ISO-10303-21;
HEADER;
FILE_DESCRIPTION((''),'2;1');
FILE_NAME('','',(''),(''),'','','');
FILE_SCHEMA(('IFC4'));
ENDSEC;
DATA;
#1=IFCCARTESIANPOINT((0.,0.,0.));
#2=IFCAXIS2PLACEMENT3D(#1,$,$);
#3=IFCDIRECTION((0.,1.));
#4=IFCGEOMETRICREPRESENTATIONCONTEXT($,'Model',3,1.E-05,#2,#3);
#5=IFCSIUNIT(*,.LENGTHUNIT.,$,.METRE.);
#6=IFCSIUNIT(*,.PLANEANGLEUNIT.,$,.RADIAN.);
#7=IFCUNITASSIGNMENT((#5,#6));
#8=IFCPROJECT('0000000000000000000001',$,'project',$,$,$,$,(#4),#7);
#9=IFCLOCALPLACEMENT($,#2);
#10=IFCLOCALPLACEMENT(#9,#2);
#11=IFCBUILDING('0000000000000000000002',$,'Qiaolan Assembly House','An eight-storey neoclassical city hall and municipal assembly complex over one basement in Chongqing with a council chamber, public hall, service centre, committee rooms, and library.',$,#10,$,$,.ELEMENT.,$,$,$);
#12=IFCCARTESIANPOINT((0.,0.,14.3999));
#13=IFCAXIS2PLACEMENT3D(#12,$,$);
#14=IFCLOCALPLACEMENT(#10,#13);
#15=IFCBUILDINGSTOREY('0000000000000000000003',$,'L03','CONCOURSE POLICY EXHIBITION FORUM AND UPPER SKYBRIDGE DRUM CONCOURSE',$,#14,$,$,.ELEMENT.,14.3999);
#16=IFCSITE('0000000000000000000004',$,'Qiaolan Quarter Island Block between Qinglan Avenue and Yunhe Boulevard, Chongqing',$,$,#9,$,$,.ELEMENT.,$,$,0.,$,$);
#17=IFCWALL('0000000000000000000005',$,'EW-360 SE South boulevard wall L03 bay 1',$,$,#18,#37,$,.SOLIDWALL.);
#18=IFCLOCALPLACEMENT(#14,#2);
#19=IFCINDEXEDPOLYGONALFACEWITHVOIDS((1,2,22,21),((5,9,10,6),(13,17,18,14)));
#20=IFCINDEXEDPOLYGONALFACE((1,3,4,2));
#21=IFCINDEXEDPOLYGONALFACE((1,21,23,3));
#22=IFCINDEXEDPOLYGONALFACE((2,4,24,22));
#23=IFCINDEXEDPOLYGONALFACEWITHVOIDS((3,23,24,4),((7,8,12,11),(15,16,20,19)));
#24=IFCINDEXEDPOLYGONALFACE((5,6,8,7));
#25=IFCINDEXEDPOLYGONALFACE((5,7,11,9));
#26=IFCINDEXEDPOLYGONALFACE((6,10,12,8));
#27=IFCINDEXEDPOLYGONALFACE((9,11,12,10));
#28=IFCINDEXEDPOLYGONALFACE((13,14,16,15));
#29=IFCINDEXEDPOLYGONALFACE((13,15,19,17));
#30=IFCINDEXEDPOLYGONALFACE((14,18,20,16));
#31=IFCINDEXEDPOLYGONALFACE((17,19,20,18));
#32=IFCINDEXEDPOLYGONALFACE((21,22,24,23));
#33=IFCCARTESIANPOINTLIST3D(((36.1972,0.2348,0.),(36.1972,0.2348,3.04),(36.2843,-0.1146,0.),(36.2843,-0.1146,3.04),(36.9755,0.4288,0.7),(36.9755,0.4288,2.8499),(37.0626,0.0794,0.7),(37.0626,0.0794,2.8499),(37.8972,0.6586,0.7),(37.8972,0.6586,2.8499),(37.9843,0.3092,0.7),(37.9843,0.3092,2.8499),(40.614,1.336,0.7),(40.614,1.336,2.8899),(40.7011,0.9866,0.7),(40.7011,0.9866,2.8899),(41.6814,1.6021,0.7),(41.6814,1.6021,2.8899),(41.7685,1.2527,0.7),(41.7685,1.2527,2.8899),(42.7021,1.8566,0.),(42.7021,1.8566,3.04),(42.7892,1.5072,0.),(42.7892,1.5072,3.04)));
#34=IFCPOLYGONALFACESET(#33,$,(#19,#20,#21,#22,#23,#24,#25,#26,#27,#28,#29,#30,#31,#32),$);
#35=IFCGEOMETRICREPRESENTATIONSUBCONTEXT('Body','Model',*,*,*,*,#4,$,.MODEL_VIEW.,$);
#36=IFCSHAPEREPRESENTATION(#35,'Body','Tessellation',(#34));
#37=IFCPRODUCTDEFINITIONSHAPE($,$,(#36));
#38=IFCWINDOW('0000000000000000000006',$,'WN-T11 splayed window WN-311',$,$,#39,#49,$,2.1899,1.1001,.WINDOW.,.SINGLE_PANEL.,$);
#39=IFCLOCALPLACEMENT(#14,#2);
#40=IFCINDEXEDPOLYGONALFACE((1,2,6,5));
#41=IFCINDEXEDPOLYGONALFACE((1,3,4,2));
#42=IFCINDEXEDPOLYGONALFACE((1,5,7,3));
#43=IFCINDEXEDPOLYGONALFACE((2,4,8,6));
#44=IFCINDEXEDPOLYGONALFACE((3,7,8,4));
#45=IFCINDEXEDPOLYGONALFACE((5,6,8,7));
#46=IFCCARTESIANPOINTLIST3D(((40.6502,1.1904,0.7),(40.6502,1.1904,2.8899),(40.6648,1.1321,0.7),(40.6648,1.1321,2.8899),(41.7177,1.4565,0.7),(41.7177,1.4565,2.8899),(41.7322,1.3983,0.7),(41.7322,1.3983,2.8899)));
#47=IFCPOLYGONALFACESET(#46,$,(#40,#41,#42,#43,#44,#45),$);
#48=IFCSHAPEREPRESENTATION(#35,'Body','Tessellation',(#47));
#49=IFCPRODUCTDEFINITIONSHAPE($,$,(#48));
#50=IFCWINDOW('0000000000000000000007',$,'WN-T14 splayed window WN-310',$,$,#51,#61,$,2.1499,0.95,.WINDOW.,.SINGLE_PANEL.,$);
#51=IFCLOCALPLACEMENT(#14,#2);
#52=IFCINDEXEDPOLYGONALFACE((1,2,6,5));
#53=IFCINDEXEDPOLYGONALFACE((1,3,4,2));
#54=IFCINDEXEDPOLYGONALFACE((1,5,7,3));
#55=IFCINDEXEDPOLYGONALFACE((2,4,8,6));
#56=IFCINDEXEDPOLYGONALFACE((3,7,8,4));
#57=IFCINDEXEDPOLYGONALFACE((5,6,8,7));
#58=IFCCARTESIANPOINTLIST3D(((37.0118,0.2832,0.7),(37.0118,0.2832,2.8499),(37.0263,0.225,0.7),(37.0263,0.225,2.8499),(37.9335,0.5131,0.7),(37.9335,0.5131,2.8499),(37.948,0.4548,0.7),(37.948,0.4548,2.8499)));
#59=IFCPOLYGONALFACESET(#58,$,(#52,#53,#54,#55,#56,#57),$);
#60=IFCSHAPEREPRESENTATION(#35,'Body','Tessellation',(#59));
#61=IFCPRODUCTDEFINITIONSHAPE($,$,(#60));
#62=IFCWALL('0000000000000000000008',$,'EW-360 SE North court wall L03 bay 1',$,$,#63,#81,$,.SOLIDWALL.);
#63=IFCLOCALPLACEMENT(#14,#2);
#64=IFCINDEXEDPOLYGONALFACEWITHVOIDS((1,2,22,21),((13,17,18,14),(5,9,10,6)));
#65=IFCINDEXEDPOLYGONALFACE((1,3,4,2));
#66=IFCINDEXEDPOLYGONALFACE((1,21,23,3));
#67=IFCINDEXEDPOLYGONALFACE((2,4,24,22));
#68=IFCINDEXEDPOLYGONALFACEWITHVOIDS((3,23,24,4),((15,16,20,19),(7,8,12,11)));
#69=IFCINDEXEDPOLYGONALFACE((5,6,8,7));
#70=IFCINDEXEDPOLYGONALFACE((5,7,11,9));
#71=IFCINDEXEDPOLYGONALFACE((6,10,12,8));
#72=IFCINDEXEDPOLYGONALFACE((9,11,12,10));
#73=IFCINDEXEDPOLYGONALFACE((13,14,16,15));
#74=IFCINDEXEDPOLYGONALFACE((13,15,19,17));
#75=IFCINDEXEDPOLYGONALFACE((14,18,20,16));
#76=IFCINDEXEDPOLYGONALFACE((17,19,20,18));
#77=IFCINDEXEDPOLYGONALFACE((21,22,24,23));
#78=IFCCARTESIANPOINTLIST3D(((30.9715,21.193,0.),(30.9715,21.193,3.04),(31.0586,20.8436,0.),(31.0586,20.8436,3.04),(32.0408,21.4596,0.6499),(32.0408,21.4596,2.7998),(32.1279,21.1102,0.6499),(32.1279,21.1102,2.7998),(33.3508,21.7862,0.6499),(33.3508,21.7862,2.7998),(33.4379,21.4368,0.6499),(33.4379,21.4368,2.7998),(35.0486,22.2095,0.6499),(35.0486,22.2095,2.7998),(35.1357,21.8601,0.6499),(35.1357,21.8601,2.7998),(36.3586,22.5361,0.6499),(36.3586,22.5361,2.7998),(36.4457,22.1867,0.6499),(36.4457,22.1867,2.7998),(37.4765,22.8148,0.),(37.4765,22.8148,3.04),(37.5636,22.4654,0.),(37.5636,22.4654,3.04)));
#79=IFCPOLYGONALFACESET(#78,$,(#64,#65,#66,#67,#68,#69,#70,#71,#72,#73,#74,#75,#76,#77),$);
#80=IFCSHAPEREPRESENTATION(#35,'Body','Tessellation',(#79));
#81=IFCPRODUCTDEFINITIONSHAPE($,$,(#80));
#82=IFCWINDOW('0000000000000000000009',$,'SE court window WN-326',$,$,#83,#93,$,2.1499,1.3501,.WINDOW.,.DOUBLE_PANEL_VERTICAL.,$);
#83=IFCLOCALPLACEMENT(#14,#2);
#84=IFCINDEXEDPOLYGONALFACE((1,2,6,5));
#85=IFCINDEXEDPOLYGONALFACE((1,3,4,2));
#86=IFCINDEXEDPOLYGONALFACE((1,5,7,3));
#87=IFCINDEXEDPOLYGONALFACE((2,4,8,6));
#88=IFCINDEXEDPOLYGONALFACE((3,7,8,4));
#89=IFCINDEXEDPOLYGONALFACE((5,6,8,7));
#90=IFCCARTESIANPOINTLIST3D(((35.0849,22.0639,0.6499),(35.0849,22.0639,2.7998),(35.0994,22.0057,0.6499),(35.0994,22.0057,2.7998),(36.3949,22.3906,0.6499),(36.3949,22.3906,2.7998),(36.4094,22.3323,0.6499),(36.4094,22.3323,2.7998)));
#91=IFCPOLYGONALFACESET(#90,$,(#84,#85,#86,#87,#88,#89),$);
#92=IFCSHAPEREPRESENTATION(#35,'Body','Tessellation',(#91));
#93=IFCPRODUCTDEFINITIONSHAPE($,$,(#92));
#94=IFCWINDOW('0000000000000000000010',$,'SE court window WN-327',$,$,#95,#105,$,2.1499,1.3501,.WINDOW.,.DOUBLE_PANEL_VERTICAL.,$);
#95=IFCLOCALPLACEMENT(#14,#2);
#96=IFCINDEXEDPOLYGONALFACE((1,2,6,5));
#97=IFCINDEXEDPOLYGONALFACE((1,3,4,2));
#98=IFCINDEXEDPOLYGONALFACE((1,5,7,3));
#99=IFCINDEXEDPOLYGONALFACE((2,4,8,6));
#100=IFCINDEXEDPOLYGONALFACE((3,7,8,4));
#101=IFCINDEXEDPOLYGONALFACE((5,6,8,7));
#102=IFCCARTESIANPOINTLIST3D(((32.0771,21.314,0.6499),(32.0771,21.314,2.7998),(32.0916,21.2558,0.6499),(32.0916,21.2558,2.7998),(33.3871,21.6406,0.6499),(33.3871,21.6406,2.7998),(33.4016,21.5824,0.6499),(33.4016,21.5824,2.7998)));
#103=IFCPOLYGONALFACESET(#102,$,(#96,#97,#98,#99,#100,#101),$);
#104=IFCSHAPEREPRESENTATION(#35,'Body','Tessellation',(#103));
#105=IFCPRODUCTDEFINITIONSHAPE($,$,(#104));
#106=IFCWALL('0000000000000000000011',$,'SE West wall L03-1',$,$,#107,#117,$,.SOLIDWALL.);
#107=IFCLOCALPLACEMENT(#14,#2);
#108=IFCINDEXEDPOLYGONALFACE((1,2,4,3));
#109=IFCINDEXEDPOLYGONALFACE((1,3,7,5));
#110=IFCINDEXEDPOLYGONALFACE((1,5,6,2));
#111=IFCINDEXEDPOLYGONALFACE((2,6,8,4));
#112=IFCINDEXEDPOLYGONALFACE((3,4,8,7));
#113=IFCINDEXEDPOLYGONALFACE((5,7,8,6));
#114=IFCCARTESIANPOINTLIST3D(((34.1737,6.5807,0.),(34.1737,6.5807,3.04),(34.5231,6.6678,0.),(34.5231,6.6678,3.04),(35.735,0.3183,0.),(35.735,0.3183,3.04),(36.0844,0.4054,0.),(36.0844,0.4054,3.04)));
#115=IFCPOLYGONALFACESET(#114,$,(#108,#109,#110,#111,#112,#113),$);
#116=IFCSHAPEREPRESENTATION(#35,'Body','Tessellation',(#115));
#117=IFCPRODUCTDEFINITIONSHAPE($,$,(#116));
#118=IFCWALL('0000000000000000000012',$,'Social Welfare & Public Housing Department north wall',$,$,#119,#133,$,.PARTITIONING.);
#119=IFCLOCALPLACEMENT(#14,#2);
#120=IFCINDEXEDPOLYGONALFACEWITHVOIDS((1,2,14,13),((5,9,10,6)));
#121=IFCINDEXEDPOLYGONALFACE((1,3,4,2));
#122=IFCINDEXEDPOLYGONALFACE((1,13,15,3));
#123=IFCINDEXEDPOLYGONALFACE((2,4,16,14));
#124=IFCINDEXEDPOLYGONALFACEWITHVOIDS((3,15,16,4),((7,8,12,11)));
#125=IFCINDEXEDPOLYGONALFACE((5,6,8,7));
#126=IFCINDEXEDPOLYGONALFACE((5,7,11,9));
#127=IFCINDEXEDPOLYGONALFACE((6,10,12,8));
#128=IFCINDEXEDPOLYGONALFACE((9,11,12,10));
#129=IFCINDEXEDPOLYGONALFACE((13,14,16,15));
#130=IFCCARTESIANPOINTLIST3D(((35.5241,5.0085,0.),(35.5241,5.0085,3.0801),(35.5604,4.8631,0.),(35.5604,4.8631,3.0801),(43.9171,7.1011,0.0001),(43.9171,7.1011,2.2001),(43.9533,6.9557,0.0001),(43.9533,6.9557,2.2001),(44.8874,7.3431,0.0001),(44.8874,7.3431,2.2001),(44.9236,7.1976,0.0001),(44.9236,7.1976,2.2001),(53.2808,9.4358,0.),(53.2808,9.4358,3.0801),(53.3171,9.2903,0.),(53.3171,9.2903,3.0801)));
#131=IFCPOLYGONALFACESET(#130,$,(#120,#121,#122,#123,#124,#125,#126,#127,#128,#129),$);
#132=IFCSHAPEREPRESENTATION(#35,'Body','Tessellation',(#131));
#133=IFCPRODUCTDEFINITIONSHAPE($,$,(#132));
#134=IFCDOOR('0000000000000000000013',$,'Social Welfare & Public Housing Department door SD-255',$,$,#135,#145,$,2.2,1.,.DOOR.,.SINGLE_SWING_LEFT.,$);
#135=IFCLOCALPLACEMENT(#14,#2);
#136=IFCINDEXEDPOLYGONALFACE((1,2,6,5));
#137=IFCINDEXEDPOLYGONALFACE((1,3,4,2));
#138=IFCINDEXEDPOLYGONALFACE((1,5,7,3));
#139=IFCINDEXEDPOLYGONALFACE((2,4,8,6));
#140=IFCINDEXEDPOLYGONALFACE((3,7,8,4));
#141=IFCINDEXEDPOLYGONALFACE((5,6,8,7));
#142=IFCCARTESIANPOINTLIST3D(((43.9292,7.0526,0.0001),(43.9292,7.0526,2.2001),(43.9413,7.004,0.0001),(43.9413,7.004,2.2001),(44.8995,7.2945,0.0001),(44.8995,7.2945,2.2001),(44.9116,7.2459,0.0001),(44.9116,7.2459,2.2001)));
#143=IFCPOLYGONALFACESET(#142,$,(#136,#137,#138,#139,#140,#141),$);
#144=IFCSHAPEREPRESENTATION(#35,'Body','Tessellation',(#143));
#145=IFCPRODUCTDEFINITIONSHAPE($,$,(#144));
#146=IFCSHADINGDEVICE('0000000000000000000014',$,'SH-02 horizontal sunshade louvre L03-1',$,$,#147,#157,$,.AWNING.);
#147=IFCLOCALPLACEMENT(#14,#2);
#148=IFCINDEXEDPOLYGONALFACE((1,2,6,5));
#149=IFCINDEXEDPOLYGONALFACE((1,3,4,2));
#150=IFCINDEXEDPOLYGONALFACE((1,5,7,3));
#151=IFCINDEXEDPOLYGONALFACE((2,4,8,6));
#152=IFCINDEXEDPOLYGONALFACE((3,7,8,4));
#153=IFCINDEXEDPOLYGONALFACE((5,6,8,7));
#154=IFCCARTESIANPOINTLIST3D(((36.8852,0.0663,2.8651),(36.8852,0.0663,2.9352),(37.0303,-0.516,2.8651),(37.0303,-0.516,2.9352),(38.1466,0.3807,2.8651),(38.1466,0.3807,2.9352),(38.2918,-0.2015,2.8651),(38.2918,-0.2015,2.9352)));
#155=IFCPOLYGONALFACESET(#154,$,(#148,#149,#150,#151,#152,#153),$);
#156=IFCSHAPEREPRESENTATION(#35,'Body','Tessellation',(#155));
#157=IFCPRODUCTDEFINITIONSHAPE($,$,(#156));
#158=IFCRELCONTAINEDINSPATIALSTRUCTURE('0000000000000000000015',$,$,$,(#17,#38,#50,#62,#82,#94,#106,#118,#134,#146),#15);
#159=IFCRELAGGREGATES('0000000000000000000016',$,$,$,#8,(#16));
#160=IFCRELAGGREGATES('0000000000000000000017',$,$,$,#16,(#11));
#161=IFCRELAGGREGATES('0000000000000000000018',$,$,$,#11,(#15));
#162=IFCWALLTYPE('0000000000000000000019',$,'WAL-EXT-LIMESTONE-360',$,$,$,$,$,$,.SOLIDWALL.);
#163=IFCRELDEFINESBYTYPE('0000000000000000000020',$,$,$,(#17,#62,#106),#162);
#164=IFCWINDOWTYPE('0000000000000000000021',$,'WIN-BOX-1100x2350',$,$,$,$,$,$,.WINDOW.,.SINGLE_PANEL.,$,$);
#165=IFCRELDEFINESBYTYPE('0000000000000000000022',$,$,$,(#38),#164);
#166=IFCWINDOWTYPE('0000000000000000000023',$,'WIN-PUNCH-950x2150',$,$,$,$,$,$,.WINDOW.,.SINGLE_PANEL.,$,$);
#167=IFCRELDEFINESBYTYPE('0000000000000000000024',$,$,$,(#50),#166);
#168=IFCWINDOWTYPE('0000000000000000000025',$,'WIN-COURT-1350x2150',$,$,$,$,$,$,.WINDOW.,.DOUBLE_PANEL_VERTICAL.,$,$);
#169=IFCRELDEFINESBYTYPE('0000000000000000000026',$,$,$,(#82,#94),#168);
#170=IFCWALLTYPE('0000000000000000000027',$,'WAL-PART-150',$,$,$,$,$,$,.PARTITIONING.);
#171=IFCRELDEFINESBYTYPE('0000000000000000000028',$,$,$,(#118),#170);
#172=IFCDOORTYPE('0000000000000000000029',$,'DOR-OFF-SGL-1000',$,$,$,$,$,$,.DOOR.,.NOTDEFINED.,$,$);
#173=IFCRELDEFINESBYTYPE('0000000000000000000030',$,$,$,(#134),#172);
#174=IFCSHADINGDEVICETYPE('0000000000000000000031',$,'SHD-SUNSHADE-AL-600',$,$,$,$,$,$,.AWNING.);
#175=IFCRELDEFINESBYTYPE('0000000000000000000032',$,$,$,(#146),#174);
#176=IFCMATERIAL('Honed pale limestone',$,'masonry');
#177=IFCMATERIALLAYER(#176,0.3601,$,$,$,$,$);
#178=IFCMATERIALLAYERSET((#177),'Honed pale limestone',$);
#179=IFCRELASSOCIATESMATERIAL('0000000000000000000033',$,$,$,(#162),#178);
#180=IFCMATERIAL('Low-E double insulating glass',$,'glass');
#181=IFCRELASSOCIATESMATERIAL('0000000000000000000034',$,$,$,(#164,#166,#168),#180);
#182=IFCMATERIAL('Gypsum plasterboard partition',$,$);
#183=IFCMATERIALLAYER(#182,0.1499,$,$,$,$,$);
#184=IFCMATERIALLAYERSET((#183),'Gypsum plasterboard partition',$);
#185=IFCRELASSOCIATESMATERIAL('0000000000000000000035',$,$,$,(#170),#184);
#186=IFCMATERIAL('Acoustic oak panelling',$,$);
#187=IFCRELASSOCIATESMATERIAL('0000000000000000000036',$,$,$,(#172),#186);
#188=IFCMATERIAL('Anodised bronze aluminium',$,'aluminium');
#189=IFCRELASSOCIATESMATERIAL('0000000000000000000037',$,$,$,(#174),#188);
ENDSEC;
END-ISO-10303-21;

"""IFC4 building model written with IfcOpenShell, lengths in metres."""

from ifc_helpers import new_model, si_unit, direction, frame, frame_2d, origin, origin_2d, place, context, subcontext, project, spatial, rectangle, extrude, material, layer, layer_set, material_profile, profile_set, type_object, element, fill, save


model = new_model("IFC4")

# Units and contexts
model_context = context("Model", 3, precision=1e-05, world=origin(), true_north=direction((0.0, 1.0)))
body_context = subcontext(model_context, "Body", "Model", "MODEL_VIEW")
ifc_project = project(units=[si_unit("LENGTHUNIT", "METRE"), si_unit("PLANEANGLEUNIT", "RADIAN")], contexts=[model_context])

# Site, building, storey
site_placement = place(None, origin())
site = spatial("IfcSite", under=ifc_project, at=site_placement, Name="Qiaolan Quarter Island Block between Qinglan Avenue and Yunhe Boulevard, Chongqing", CompositionType="ELEMENT", RefElevation=0.0)
building_placement = place(site_placement, origin())
building = spatial("IfcBuilding", under=site, at=building_placement, Name="Qiaolan Assembly House", Description="An eight-storey neoclassical city hall and municipal assembly complex over one basement in Chongqing with a council chamber, public hall, service centre, committee rooms, and library.", CompositionType="ELEMENT")
storey_placement = place(building_placement, frame((0.0, 0.0, 14.3999)))
storey = spatial("IfcBuildingStorey", under=building, at=storey_placement, Name="L03", Description="CONCOURSE POLICY EXHIBITION FORUM AND UPPER SKYBRIDGE DRUM CONCOURSE", CompositionType="ELEMENT", Elevation=14.3999)

# Walls, openings, windows
ifc_material_1 = material(Name="Honed pale limestone", Category="masonry")
ifc_layer_1 = layer(ifc_material_1, 0.3601)
ifc_layer_set_1 = layer_set([ifc_layer_1], Name="Honed pale limestone")
wall_type_1 = type_object("IfcWallType", Name="WAL-EXT-LIMESTONE-360", PredefinedType="SOLIDWALL", material=ifc_layer_set_1)
wall_1_placement = place(storey_placement, frame((36.2407, 0.0601, 0.0), z_axis=(0.0, 0.0, 1.0), x_axis=(0.970297, 0.241919, 0.0)))
wall_1 = element("IfcWall", 1, at=wall_1_placement, inside=storey, type_object=wall_type_1, Name="EW-360 SE South boulevard wall L03 bay 1", PredefinedType="SOLIDWALL", context=body_context, shape_type="SweptSolid", body=[
    extrude(rectangle(XDim=6.7041, YDim=0.3601, at=frame_2d((3.3521, 0.0))), origin(), (0.0, 0.0, 1.0), 3.04),
])
opening_1_placement = place(wall_1_placement, frame((0.802, 0.0, 0.7)))
opening_1 = element("IfcOpeningElement", 2, at=opening_1_placement, cuts=wall_1, PredefinedType="OPENING", context=body_context, shape_type="SweptSolid", body=[
    extrude(rectangle(XDim=0.95, YDim=2.1499, at=frame_2d((0.4751, 1.075))), frame((0.0, 0.1899, 0.0), z_axis=(0.0, -1.0, 0.0), x_axis=(1.0, 0.0, 0.0)), (0.0, 0.0, 1.0), 0.3801),
])
opening_2_placement = place(wall_1_placement, frame((4.552, 0.0, 0.7)))
opening_2 = element("IfcOpeningElement", 3, at=opening_2_placement, cuts=wall_1, PredefinedType="OPENING", context=body_context, shape_type="SweptSolid", body=[
    extrude(rectangle(XDim=1.1001, YDim=2.1899, at=frame_2d((0.55, 1.095))), frame((0.0, 0.1899, 0.0), z_axis=(0.0, -1.0, 0.0), x_axis=(1.0, 0.0, 0.0)), (0.0, 0.0, 1.0), 0.3801),
])
ifc_material_2 = material(Name="Low-E double insulating glass", Category="glass")
window_type_1 = type_object("IfcWindowType", Name="WIN-BOX-1100x2350", PartitioningType="SINGLE_PANEL", PredefinedType="WINDOW", material=ifc_material_2)
window_1_placement = place(opening_2_placement, origin())
window_1 = element("IfcWindow", 4, at=window_1_placement, inside=storey, type_object=window_type_1, Name="WN-T11 splayed window WN-311", OverallHeight=2.1899, OverallWidth=1.1001, PartitioningType="SINGLE_PANEL", PredefinedType="WINDOW", context=body_context, shape_type="SweptSolid", body=[
    extrude(rectangle(XDim=1.1001, YDim=2.1899, at=frame_2d((0.55, 1.095))), frame((0.0, 0.03, 0.0), z_axis=(0.0, -1.0, 0.0), x_axis=(1.0, 0.0, 0.0)), (0.0, 0.0, 1.0), 0.0601),
])
fill(opening_2, window_1)
window_type_2 = type_object("IfcWindowType", Name="WIN-PUNCH-950x2150", PartitioningType="SINGLE_PANEL", PredefinedType="WINDOW", material=ifc_material_2)
window_2_placement = place(opening_1_placement, origin())
window_2 = element("IfcWindow", 5, at=window_2_placement, inside=storey, type_object=window_type_2, Name="WN-T14 splayed window WN-310", OverallHeight=2.1499, OverallWidth=0.95, PartitioningType="SINGLE_PANEL", PredefinedType="WINDOW", context=body_context, shape_type="SweptSolid", body=[
    extrude(rectangle(XDim=0.95, YDim=2.1499, at=frame_2d((0.4751, 1.075))), frame((0.0, 0.03, 0.0), z_axis=(0.0, -1.0, 0.0), x_axis=(1.0, 0.0, 0.0)), (0.0, 0.0, 1.0), 0.0601),
])
fill(opening_1, window_2)
wall_2_placement = place(storey_placement, frame((37.52, 22.6401, 0.0), z_axis=(0.0, 0.0, 1.0), x_axis=(-0.970297, -0.241919, 0.0)))
wall_2 = element("IfcWall", 6, at=wall_2_placement, inside=storey, type_object=wall_type_1, Name="EW-360 SE North court wall L03 bay 1", PredefinedType="SOLIDWALL", context=body_context, shape_type="SweptSolid", body=[
    extrude(rectangle(XDim=6.7041, YDim=0.3601, at=frame_2d((3.3521, 0.0))), origin(), (0.0, 0.0, 1.0), 3.04),
])
opening_3_placement = place(wall_2_placement, frame((1.1521, 0.0, 0.6499)))
opening_3 = element("IfcOpeningElement", 7, at=opening_3_placement, cuts=wall_2, PredefinedType="OPENING", context=body_context, shape_type="SweptSolid", body=[
    extrude(rectangle(XDim=1.3501, YDim=2.1499, at=frame_2d((0.675, 1.075))), frame((0.0, 0.1899, 0.0), z_axis=(0.0, -1.0, 0.0), x_axis=(1.0, 0.0, 0.0)), (0.0, 0.0, 1.0), 0.3801),
])
opening_4_placement = place(wall_2_placement, frame((4.252, 0.0, 0.6499)))
opening_4 = element("IfcOpeningElement", 8, at=opening_4_placement, cuts=wall_2, PredefinedType="OPENING", context=body_context, shape_type="SweptSolid", body=[
    extrude(rectangle(XDim=1.3501, YDim=2.1499, at=frame_2d((0.675, 1.075))), frame((0.0, 0.1899, 0.0), z_axis=(0.0, -1.0, 0.0), x_axis=(1.0, 0.0, 0.0)), (0.0, 0.0, 1.0), 0.3801),
])
window_type_3 = type_object("IfcWindowType", Name="WIN-COURT-1350x2150", PartitioningType="DOUBLE_PANEL_VERTICAL", PredefinedType="WINDOW", material=ifc_material_2)
window_3_placement = place(opening_3_placement, origin())
window_3 = element("IfcWindow", 9, at=window_3_placement, inside=storey, type_object=window_type_3, Name="SE court window WN-326", OverallHeight=2.1499, OverallWidth=1.3501, PartitioningType="DOUBLE_PANEL_VERTICAL", PredefinedType="WINDOW", context=body_context, shape_type="SweptSolid", body=[
    extrude(rectangle(XDim=1.3501, YDim=2.1499, at=frame_2d((0.675, 1.075))), frame((0.0, 0.03, 0.0), z_axis=(0.0, -1.0, 0.0), x_axis=(1.0, 0.0, 0.0)), (0.0, 0.0, 1.0), 0.0601),
])
fill(opening_3, window_3)
window_4_placement = place(opening_4_placement, origin())
window_4 = element("IfcWindow", 10, at=window_4_placement, inside=storey, type_object=window_type_3, Name="SE court window WN-327", OverallHeight=2.1499, OverallWidth=1.3501, PartitioningType="DOUBLE_PANEL_VERTICAL", PredefinedType="WINDOW", context=body_context, shape_type="SweptSolid", body=[
    extrude(rectangle(XDim=1.3501, YDim=2.1499, at=frame_2d((0.675, 1.075))), frame((0.0, 0.03, 0.0), z_axis=(0.0, -1.0, 0.0), x_axis=(1.0, 0.0, 0.0)), (0.0, 0.0, 1.0), 0.0601),
])
fill(opening_4, window_4)

# Wall
wall_3_placement = place(storey_placement, frame((34.3484, 6.6243, 0.0), z_axis=(0.0, 0.0, 1.0), x_axis=(0.241904, -0.9703, 0.0)))
element("IfcWall", 11, at=wall_3_placement, inside=storey, type_object=wall_type_1, Name="SE West wall L03-1", PredefinedType="SOLIDWALL", context=body_context, shape_type="SweptSolid", body=[
    extrude(rectangle(XDim=6.4541, YDim=0.3601, at=frame_2d((3.2271, 0.0))), origin(), (0.0, 0.0, 1.0), 3.04),
])

# Wall, opening, door
ifc_material_3 = material(Name="Gypsum plasterboard partition")
ifc_layer_2 = layer(ifc_material_3, 0.1499)
ifc_layer_set_2 = layer_set([ifc_layer_2], Name="Gypsum plasterboard partition")
wall_type_2 = type_object("IfcWallType", Name="WAL-PART-150", PredefinedType="PARTITIONING", material=ifc_layer_set_2)
wall_4_placement = place(storey_placement, frame((35.5422, 4.9358, 0.0), z_axis=(0.0, 0.0, 1.0), x_axis=(0.970295, 0.241923, 0.0)))
wall_4 = element("IfcWall", 12, at=wall_4_placement, inside=storey, type_object=wall_type_2, Name="Social Welfare & Public Housing Department north wall", PredefinedType="PARTITIONING", context=body_context, shape_type="SweptSolid", body=[
    extrude(rectangle(XDim=18.3003, YDim=0.1499, at=frame_2d((9.1501, 0.0))), origin(), (0.0, 0.0, 1.0), 3.0801),
])
opening_5_placement = place(wall_4_placement, frame((8.6499, 0.0, 0.0)))
opening_5 = element("IfcOpeningElement", 13, at=opening_5_placement, cuts=wall_4, PredefinedType="OPENING", context=body_context, shape_type="SweptSolid", body=[
    extrude(rectangle(XDim=1.0, YDim=2.2, at=frame_2d((0.5, 1.1001))), frame((0.0, 0.085, 0.0), z_axis=(0.0, -1.0, 0.0), x_axis=(1.0, 0.0, 0.0)), (0.0, 0.0, 1.0), 0.1699),
])
ifc_material_4 = material(Name="Acoustic oak panelling")
door_type = type_object("IfcDoorType", Name="DOR-OFF-SGL-1000", OperationType="NOTDEFINED", PredefinedType="DOOR", material=ifc_material_4)
door_placement = place(opening_5_placement, origin())
door = element("IfcDoor", 14, at=door_placement, inside=storey, type_object=door_type, Name="Social Welfare & Public Housing Department door SD-255", OperationType="SINGLE_SWING_LEFT", OverallHeight=2.2, OverallWidth=1.0, PredefinedType="DOOR", context=body_context, shape_type="SweptSolid", body=[
    extrude(rectangle(XDim=1.0, YDim=2.2, at=frame_2d((0.5, 1.1001))), frame((0.0, 0.0249, 0.0), z_axis=(0.0, -1.0, 0.0), x_axis=(1.0, 0.0, 0.0)), (0.0, 0.0, 1.0), 0.05),
])
fill(opening_5, door)

# Shading device
ifc_material_5 = material(Name="Anodised bronze aluminium", Category="aluminium")
ifc_material_profile_1 = material_profile(ifc_material_5, rectangle(XDim=0.6001, YDim=0.0701, at=origin_2d()), Name="SHD 600x70")
ifc_profile_set_1 = profile_set([ifc_material_profile_1], Name="Anodised bronze aluminium")
shading_device_type = type_object("IfcShadingDeviceType", Name="SHD-SUNSHADE-AL-600", PredefinedType="AWNING", material=ifc_profile_set_1)
shading_device_placement = place(storey_placement, frame((36.9578, -0.2249, 2.9001), z_axis=(0.970308, 0.241873, 0.0), x_axis=(-0.241873, 0.970308, 0.0)))
element("IfcShadingDevice", 15, at=shading_device_placement, inside=storey, type_object=shading_device_type, Name="SH-02 horizontal sunshade louvre L03-1", PredefinedType="AWNING", context=body_context, shape_type="SweptSolid", body=[
    extrude(rectangle(XDim=0.6001, YDim=0.0701, at=origin_2d()), origin(), (0.0, 0.0, 1.0), 1.3),
])

save(model, "model.ifc")
